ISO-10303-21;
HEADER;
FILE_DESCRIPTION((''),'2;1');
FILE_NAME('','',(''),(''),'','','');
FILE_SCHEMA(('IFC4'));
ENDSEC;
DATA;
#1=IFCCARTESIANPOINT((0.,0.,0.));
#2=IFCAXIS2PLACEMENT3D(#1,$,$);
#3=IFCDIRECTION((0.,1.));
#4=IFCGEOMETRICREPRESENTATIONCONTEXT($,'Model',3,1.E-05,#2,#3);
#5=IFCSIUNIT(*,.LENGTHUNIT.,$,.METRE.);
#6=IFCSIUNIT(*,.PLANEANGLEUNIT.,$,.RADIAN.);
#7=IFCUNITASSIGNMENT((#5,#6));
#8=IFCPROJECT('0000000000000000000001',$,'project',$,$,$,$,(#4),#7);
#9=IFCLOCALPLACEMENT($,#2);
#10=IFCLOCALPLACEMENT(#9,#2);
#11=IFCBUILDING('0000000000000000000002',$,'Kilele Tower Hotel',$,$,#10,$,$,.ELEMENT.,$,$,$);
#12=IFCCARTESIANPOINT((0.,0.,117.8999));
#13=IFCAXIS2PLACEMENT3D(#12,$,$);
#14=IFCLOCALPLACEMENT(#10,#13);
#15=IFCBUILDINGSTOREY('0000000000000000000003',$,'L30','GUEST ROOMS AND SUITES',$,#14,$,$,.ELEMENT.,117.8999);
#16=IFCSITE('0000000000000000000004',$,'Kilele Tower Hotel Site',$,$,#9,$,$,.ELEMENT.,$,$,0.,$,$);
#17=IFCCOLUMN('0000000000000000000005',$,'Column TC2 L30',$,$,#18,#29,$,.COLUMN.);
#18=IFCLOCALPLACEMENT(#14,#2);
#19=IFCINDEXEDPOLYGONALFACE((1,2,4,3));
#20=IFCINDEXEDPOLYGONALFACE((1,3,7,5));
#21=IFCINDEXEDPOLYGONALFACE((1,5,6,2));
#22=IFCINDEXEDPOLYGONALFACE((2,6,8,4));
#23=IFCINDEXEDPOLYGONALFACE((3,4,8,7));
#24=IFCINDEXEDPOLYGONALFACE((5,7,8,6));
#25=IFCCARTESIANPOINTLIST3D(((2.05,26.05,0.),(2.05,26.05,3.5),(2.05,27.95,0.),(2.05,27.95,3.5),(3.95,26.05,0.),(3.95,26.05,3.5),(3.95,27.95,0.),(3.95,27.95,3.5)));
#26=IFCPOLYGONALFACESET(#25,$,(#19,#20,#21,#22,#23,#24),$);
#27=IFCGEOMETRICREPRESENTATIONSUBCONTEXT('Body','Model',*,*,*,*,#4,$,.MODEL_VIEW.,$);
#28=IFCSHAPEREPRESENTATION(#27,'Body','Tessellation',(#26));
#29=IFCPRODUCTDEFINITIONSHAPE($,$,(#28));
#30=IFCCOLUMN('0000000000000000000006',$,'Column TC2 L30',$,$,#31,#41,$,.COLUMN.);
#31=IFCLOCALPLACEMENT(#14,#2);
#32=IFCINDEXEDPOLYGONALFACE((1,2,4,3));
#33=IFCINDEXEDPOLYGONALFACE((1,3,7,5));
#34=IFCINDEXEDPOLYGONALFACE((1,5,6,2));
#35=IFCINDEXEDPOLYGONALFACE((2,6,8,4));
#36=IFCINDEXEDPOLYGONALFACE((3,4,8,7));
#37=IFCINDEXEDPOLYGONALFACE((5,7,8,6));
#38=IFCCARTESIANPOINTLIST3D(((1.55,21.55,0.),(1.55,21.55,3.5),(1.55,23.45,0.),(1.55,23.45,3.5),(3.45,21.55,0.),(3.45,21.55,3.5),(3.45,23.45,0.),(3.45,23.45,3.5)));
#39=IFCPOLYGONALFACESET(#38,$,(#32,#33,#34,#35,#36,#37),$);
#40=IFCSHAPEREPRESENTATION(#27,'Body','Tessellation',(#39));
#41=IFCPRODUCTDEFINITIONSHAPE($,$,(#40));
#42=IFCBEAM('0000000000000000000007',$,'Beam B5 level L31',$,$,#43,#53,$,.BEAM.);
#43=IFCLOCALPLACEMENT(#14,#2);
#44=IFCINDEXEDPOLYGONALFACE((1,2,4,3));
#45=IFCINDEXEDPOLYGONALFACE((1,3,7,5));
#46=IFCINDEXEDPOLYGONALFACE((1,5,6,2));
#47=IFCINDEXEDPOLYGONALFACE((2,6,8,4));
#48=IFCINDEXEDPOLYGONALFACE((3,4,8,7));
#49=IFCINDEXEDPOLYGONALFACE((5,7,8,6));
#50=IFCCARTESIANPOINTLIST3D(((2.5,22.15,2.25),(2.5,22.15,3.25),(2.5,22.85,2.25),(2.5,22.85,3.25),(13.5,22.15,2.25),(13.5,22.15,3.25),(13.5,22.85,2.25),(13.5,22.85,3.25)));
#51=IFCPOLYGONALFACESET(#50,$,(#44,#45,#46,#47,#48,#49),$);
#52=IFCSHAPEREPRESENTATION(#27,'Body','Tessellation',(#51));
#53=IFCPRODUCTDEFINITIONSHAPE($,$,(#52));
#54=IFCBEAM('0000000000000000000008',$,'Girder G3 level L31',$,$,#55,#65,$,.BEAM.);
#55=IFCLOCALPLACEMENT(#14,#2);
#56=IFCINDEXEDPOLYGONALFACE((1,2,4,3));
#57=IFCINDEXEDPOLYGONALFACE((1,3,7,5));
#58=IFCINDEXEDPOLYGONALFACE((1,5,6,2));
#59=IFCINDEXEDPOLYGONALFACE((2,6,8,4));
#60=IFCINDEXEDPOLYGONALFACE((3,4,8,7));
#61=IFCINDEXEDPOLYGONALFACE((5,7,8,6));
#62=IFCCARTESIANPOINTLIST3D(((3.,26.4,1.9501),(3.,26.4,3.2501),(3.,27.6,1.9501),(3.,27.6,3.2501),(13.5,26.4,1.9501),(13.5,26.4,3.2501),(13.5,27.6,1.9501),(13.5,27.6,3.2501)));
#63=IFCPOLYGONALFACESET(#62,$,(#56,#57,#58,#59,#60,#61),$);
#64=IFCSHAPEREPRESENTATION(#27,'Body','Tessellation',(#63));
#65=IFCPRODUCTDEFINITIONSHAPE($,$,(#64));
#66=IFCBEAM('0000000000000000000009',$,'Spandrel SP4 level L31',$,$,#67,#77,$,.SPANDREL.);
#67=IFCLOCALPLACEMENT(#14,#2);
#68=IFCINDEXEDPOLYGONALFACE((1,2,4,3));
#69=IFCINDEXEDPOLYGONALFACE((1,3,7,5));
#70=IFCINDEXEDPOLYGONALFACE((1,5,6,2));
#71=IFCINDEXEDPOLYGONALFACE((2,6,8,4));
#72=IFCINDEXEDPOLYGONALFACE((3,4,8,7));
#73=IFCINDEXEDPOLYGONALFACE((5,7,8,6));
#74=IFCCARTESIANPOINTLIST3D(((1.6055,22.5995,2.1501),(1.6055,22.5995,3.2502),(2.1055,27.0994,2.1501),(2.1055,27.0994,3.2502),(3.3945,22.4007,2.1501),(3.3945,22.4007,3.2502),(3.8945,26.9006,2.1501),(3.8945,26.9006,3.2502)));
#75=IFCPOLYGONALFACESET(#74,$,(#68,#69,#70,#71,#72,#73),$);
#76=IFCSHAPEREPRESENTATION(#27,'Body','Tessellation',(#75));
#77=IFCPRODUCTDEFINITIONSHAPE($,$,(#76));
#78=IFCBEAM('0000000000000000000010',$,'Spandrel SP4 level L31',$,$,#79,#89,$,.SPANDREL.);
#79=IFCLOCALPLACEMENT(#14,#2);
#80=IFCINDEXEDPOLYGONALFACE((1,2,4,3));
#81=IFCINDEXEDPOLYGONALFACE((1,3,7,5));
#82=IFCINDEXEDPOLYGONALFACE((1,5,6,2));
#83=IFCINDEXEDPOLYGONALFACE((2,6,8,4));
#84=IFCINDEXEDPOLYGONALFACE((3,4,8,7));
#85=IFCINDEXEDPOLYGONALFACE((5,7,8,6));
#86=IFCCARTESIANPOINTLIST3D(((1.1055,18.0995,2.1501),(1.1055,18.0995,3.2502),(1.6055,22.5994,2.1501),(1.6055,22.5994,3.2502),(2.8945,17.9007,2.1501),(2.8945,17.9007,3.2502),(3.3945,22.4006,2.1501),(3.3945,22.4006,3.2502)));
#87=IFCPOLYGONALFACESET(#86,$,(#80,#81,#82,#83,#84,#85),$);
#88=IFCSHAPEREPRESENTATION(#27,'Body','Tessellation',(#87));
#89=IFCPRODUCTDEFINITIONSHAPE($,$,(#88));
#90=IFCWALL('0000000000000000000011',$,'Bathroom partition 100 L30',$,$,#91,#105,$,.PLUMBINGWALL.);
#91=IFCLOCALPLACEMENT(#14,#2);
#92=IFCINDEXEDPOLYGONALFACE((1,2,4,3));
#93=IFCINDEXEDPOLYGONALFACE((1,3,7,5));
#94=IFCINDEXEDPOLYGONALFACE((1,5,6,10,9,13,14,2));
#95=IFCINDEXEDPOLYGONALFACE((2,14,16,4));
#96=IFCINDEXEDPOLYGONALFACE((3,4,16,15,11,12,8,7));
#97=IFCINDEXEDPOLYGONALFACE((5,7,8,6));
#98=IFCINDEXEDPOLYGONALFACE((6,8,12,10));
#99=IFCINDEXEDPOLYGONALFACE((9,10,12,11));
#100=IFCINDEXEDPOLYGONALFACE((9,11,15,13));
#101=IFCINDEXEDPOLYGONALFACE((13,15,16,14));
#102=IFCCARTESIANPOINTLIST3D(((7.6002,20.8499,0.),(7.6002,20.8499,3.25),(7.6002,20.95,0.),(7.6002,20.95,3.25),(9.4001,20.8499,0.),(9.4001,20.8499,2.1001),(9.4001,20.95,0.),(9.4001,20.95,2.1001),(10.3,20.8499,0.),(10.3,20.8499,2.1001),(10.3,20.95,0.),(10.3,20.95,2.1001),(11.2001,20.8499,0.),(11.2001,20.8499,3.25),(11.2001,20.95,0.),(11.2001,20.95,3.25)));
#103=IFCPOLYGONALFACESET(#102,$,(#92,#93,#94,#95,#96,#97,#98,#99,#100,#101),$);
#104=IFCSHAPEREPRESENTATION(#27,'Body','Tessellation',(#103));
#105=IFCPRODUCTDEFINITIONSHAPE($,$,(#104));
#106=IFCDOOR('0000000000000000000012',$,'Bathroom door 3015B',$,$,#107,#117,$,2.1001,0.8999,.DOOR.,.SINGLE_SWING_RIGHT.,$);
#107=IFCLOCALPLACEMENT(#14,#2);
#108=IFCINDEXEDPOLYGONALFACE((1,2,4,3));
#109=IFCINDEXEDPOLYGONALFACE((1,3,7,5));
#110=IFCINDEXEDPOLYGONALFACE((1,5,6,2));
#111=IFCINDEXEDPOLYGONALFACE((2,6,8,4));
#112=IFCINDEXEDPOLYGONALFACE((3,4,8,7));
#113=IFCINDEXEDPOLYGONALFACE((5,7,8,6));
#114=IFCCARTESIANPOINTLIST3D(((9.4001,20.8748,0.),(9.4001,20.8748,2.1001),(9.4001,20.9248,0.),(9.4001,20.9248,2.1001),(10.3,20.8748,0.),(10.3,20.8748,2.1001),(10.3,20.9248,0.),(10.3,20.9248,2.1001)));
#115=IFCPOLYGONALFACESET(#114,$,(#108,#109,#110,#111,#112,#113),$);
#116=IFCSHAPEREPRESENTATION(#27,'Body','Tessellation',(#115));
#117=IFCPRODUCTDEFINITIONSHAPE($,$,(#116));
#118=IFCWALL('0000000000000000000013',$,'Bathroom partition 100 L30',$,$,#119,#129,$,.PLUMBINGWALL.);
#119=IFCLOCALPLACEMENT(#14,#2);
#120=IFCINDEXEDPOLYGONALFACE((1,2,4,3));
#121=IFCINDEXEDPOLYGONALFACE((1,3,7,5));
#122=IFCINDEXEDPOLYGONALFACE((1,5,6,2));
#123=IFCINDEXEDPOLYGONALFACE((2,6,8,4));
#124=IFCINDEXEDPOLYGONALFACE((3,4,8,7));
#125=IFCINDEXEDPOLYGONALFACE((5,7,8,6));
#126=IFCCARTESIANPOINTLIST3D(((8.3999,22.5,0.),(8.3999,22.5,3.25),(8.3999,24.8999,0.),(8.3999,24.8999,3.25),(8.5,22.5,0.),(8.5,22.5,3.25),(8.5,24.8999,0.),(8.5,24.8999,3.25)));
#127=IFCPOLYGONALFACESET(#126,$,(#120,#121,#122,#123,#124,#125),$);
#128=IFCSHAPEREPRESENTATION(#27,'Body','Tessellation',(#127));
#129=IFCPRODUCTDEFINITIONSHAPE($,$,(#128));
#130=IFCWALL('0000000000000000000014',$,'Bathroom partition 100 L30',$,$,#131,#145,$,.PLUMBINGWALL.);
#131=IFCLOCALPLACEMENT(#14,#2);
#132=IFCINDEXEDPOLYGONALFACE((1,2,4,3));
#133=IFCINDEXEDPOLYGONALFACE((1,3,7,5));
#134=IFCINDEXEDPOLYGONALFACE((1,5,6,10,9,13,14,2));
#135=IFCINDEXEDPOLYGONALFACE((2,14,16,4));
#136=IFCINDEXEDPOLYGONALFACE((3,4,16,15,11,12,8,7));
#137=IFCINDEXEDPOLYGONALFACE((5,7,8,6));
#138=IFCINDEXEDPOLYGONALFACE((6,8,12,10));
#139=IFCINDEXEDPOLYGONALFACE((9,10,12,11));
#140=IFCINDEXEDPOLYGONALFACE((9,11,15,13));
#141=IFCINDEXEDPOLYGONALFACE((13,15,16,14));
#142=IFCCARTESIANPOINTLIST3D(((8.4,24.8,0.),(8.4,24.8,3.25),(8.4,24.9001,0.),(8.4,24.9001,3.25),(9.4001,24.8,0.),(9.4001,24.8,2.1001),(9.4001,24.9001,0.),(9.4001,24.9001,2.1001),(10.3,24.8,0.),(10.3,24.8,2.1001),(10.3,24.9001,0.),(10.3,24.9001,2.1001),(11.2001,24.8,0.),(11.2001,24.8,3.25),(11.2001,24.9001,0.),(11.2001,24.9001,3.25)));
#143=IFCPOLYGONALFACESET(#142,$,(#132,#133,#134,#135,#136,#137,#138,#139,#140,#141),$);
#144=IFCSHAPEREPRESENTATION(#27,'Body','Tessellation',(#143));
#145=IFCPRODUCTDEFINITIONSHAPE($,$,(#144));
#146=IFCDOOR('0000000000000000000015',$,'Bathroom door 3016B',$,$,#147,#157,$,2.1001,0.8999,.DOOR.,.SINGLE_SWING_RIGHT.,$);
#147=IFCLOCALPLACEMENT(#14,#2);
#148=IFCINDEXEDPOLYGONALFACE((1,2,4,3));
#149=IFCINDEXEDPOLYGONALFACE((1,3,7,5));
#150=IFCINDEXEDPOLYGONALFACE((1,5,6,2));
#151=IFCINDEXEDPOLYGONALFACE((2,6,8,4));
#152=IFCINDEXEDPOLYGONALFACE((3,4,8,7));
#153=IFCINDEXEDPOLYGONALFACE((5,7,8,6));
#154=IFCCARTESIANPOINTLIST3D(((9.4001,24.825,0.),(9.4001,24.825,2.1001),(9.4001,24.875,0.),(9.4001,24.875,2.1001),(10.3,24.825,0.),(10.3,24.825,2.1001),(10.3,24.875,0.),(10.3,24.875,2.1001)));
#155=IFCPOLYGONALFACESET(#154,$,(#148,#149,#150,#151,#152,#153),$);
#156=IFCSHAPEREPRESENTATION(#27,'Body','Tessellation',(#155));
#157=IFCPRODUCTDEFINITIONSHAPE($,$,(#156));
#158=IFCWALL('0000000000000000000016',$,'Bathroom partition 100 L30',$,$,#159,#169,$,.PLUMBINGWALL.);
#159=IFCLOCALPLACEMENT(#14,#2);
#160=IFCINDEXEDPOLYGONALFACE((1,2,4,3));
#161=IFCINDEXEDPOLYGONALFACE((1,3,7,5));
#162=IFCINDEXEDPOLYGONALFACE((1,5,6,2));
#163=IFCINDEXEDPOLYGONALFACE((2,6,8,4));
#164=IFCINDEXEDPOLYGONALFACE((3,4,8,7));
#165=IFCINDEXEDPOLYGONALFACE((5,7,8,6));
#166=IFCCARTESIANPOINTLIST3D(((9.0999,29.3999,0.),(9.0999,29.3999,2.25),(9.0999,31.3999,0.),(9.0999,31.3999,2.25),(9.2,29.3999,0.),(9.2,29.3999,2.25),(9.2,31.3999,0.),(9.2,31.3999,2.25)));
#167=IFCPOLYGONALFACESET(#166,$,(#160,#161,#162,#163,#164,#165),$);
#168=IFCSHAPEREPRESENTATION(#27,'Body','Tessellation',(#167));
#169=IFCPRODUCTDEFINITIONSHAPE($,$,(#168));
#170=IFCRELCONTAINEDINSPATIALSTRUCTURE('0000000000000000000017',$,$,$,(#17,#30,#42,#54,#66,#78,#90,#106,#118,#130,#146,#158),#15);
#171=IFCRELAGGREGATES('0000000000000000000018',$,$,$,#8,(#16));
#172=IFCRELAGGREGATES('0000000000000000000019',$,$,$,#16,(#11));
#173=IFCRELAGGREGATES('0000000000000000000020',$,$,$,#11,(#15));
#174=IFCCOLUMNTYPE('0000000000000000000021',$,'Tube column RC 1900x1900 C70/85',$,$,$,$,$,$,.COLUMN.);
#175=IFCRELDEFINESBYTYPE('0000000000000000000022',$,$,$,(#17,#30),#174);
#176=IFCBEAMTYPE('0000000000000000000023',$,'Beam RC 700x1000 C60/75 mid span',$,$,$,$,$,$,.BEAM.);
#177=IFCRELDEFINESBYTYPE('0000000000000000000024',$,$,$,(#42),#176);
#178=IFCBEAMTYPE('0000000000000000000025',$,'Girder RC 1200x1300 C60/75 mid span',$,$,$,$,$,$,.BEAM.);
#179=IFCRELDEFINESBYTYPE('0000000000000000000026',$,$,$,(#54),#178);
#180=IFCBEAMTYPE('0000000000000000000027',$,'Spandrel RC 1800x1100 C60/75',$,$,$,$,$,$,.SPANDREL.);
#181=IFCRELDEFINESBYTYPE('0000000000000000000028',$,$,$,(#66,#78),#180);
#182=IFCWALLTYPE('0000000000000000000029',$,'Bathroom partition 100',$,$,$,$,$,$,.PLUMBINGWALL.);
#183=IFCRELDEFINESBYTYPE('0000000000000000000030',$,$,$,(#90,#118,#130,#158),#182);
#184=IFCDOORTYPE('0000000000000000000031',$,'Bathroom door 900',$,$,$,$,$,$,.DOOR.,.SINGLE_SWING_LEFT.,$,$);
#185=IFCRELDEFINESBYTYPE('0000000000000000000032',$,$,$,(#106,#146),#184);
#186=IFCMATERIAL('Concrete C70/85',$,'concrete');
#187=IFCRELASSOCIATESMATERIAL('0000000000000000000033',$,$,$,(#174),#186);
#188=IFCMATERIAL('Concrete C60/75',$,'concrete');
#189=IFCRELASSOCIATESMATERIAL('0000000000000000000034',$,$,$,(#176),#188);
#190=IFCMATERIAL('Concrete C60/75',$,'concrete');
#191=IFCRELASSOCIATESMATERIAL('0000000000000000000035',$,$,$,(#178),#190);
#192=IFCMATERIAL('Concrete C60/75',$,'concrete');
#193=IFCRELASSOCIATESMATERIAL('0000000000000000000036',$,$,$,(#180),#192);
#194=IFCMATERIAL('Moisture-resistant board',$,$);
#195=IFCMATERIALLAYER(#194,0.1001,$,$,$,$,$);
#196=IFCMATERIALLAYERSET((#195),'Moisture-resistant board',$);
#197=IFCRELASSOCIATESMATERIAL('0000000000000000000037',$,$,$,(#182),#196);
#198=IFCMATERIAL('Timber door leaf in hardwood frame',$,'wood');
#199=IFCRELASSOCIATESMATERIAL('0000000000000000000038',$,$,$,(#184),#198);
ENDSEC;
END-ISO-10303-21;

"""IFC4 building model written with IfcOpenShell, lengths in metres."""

from ifc_helpers import new_model, si_unit, direction, frame, frame_2d, origin, origin_2d, place, context, subcontext, project, spatial, rectangle, extrude, material, layer, layer_set, material_profile, profile_set, type_object, element, fill, save


model = new_model("IFC4")

# Units and contexts
model_context = context("Model", 3, precision=1e-05, world=origin(), true_north=direction((0.0, 1.0)))
body_context = subcontext(model_context, "Body", "Model", "MODEL_VIEW")
ifc_project = project(units=[si_unit("LENGTHUNIT", "METRE"), si_unit("PLANEANGLEUNIT", "RADIAN")], contexts=[model_context])

# Site, building, storey
site_placement = place(None, origin())
site = spatial("IfcSite", under=ifc_project, at=site_placement, Name="Kilele Tower Hotel Site", CompositionType="ELEMENT", RefElevation=0.0)
building_placement = place(site_placement, origin())
building = spatial("IfcBuilding", under=site, at=building_placement, Name="Kilele Tower Hotel", CompositionType="ELEMENT")
storey_placement = place(building_placement, frame((0.0, 0.0, 117.8999)))
storey = spatial("IfcBuildingStorey", under=building, at=storey_placement, Name="L30", Description="GUEST ROOMS AND SUITES", CompositionType="ELEMENT", Elevation=117.8999)

# Columns
ifc_material_1 = material(Name="Concrete C70/85", Category="concrete")
ifc_material_profile_1 = material_profile(ifc_material_1, rectangle(XDim=1.8999, YDim=1.8999, at=origin_2d()))
ifc_profile_set_1 = profile_set([ifc_material_profile_1], Name="Concrete C70/85")
column_type = type_object("IfcColumnType", Name="Tube column RC 1900x1900 C70/85", PredefinedType="COLUMN", material=ifc_profile_set_1)
for number, where, z_axis, x_axis, name in (
    (1, (3.0, 27.0, 0.0), (0.0, 0.0, 1.0), (1.0, 0.0, 0.0), "Column TC2 L30"),
    (2, (2.5, 22.5, 0.0), (0.0, 0.0, 1.0), (1.0, 0.0, 0.0), "Column TC2 L30"),
):
    element("IfcColumn", number, at=place(storey_placement, frame(where, z_axis=z_axis, x_axis=x_axis)), inside=storey, type_object=column_type, Name=name, PredefinedType="COLUMN", context=body_context, shape_type="SweptSolid", body=[
        extrude(rectangle(XDim=1.8999, YDim=1.8999, at=origin_2d()), origin(), (0.0, 0.0, 1.0), 3.5),
    ])

# Beams
ifc_material_2 = material(Name="Concrete C60/75", Category="concrete")
ifc_material_profile_2 = material_profile(ifc_material_2, rectangle(XDim=0.7, YDim=1.0, at=origin_2d()))
ifc_profile_set_2 = profile_set([ifc_material_profile_2], Name="Concrete C60/75")
beam_type_1 = type_object("IfcBeamType", Name="Beam RC 700x1000 C60/75 mid span", PredefinedType="BEAM", material=ifc_profile_set_2)
beam_1_placement = place(storey_placement, frame((2.5, 22.5, 2.75), z_axis=(1.0, 0.0, 0.0), x_axis=(0.0, 1.0, 0.0)))
element("IfcBeam", 3, at=beam_1_placement, inside=storey, type_object=beam_type_1, Name="Beam B5 level L31", PredefinedType="BEAM", context=body_context, shape_type="SweptSolid", body=[
    extrude(rectangle(XDim=0.7, YDim=1.0, at=origin_2d()), origin(), (0.0, 0.0, 1.0), 11.0),
])
ifc_material_3 = material(Name="Concrete C60/75", Category="concrete")
ifc_material_profile_3 = material_profile(ifc_material_3, rectangle(XDim=1.2, YDim=1.3, at=origin_2d()))
ifc_profile_set_3 = profile_set([ifc_material_profile_3], Name="Concrete C60/75")
beam_type_2 = type_object("IfcBeamType", Name="Girder RC 1200x1300 C60/75 mid span", PredefinedType="BEAM", material=ifc_profile_set_3)
beam_2_placement = place(storey_placement, frame((3.0, 27.0, 2.6001), z_axis=(1.0, 0.0, 0.0), x_axis=(0.0, 1.0, 0.0)))
element("IfcBeam", 4, at=beam_2_placement, inside=storey, type_object=beam_type_2, Name="Girder G3 level L31", PredefinedType="BEAM", context=body_context, shape_type="SweptSolid", body=[
    extrude(rectangle(XDim=1.2, YDim=1.3, at=origin_2d()), origin(), (0.0, 0.0, 1.0), 10.5),
])
ifc_material_4 = material(Name="Concrete C60/75", Category="concrete")
ifc_material_profile_4 = material_profile(ifc_material_4, rectangle(XDim=1.8, YDim=1.1001, at=origin_2d()))
ifc_profile_set_4 = profile_set([ifc_material_profile_4], Name="Concrete C60/75")
beam_type_3 = type_object("IfcBeamType", Name="Spandrel RC 1800x1100 C60/75", PredefinedType="SPANDREL", material=ifc_profile_set_4)
for number, where, z_axis, x_axis, name in (
    (5, (3.0, 27.0, 2.7002), (-0.110432, -0.993884, 0.0), (0.993884, -0.110432, 0.0), "Spandrel SP4 level L31"),
    (6, (2.5, 22.5, 2.7002), (-0.110432, -0.993884, 0.0), (0.993884, -0.110432, 0.0), "Spandrel SP4 level L31"),
):
    element("IfcBeam", number, at=place(storey_placement, frame(where, z_axis=z_axis, x_axis=x_axis)), inside=storey, type_object=beam_type_3, Name=name, PredefinedType="SPANDREL", context=body_context, shape_type="SweptSolid", body=[
        extrude(rectangle(XDim=1.8, YDim=1.1001, at=origin_2d()), origin(), (0.0, 0.0, 1.0), 4.5276),
    ])

# Wall, opening, door
ifc_material_5 = material(Name="Moisture-resistant board")
ifc_layer_1 = layer(ifc_material_5, 0.1001)
ifc_layer_set_1 = layer_set([ifc_layer_1], Name="Moisture-resistant board")
wall_type_1 = type_object("IfcWallType", Name="Bathroom partition 100", PredefinedType="PLUMBINGWALL", material=ifc_layer_set_1)
wall_1_placement = place(storey_placement, frame((11.2, 20.8999, 0.0), z_axis=(0.0, 0.0, 1.0), x_axis=(-1.0, 0.0, 0.0)))
wall_1 = element("IfcWall", 7, at=wall_1_placement, inside=storey, type_object=wall_type_1, Name="Bathroom partition 100 L30", PredefinedType="PLUMBINGWALL", context=body_context, shape_type="SweptSolid", body=[
    extrude(rectangle(XDim=3.5999, YDim=0.1001, at=frame_2d((1.7998, 0.0))), origin(), (0.0, 0.0, 1.0), 3.25),
])
opening_1_placement = place(wall_1_placement, frame((1.7998, 0.0, 0.0), z_axis=(0.0, 0.0, 1.0), x_axis=(-1.0, 0.0, 0.0)))
opening_1 = element("IfcOpeningElement", 8, at=opening_1_placement, cuts=wall_1, PredefinedType="OPENING", context=body_context, shape_type="SweptSolid", body=[
    extrude(rectangle(XDim=0.8999, YDim=2.1001, at=frame_2d((0.45, 1.05))), frame((0.0, 0.0601, 0.0), z_axis=(0.0, -1.0, 0.0), x_axis=(1.0, 0.0, 0.0)), (0.0, 0.0, 1.0), 0.1201),
])
ifc_material_6 = material(Name="Timber door leaf in hardwood frame", Category="wood")
door_type_1 = type_object("IfcDoorType", Name="Bathroom door 900", OperationType="SINGLE_SWING_LEFT", PredefinedType="DOOR", material=ifc_material_6)
door_1_placement = place(opening_1_placement, origin())
door_1 = element("IfcDoor", 9, at=door_1_placement, inside=storey, type_object=door_type_1, Name="Bathroom door 3015B", OperationType="SINGLE_SWING_RIGHT", OverallHeight=2.1001, OverallWidth=0.8999, PredefinedType="DOOR", context=body_context, shape_type="SweptSolid", body=[
    extrude(rectangle(XDim=0.8999, YDim=2.1001, at=frame_2d((0.45, 1.05))), frame((0.0, 0.0249, 0.0), z_axis=(0.0, -1.0, 0.0), x_axis=(1.0, 0.0, 0.0)), (0.0, 0.0, 1.0), 0.05),
])
fill(opening_1, door_1)

# Wall
wall_2_placement = place(storey_placement, frame((8.45, 22.5, 0.0), z_axis=(0.0, 0.0, 1.0), x_axis=(0.0, 1.0, 0.0)))
element("IfcWall", 10, at=wall_2_placement, inside=storey, type_object=wall_type_1, Name="Bathroom partition 100 L30", PredefinedType="PLUMBINGWALL", context=body_context, shape_type="SweptSolid", body=[
    extrude(rectangle(XDim=2.3999, YDim=0.1001, at=frame_2d((1.2, 0.0))), origin(), (0.0, 0.0, 1.0), 3.25),
])

# Wall, opening, door
wall_3_placement = place(storey_placement, frame((11.2, 24.8501, 0.0), z_axis=(0.0, 0.0, 1.0), x_axis=(-1.0, 0.0, 0.0)))
wall_3 = element("IfcWall", 11, at=wall_3_placement, inside=storey, type_object=wall_type_1, Name="Bathroom partition 100 L30", PredefinedType="PLUMBINGWALL", context=body_context, shape_type="SweptSolid", body=[
    extrude(rectangle(XDim=2.8, YDim=0.1001, at=frame_2d((1.3999, 0.0))), origin(), (0.0, 0.0, 1.0), 3.25),
])
opening_2_placement = place(wall_3_placement, frame((1.7998, 0.0, 0.0), z_axis=(0.0, 0.0, 1.0), x_axis=(-1.0, 0.0, 0.0)))
opening_2 = element("IfcOpeningElement", 12, at=opening_2_placement, cuts=wall_3, PredefinedType="OPENING", context=body_context, shape_type="SweptSolid", body=[
    extrude(rectangle(XDim=0.8999, YDim=2.1001, at=frame_2d((0.45, 1.05))), frame((0.0, 0.0601, 0.0), z_axis=(0.0, -1.0, 0.0), x_axis=(1.0, 0.0, 0.0)), (0.0, 0.0, 1.0), 0.1201),
])
door_2_placement = place(opening_2_placement, origin())
door_2 = element("IfcDoor", 13, at=door_2_placement, inside=storey, type_object=door_type_1, Name="Bathroom door 3016B", OperationType="SINGLE_SWING_RIGHT", OverallHeight=2.1001, OverallWidth=0.8999, PredefinedType="DOOR", context=body_context, shape_type="SweptSolid", body=[
    extrude(rectangle(XDim=0.8999, YDim=2.1001, at=frame_2d((0.45, 1.05))), frame((0.0, 0.0249, 0.0), z_axis=(0.0, -1.0, 0.0), x_axis=(1.0, 0.0, 0.0)), (0.0, 0.0, 1.0), 0.05),
])
fill(opening_2, door_2)

# Wall
wall_4_placement = place(storey_placement, frame((9.1499, 31.3999, 0.0), z_axis=(0.0, 0.0, 1.0), x_axis=(0.0, -1.0, 0.0)))
element("IfcWall", 14, at=wall_4_placement, inside=storey, type_object=wall_type_1, Name="Bathroom partition 100 L30", PredefinedType="PLUMBINGWALL", context=body_context, shape_type="SweptSolid", body=[
    extrude(rectangle(XDim=2.0, YDim=0.1001, at=frame_2d((1.0, 0.0))), origin(), (0.0, 0.0, 1.0), 2.25),
])

save(model, "model.ifc")
